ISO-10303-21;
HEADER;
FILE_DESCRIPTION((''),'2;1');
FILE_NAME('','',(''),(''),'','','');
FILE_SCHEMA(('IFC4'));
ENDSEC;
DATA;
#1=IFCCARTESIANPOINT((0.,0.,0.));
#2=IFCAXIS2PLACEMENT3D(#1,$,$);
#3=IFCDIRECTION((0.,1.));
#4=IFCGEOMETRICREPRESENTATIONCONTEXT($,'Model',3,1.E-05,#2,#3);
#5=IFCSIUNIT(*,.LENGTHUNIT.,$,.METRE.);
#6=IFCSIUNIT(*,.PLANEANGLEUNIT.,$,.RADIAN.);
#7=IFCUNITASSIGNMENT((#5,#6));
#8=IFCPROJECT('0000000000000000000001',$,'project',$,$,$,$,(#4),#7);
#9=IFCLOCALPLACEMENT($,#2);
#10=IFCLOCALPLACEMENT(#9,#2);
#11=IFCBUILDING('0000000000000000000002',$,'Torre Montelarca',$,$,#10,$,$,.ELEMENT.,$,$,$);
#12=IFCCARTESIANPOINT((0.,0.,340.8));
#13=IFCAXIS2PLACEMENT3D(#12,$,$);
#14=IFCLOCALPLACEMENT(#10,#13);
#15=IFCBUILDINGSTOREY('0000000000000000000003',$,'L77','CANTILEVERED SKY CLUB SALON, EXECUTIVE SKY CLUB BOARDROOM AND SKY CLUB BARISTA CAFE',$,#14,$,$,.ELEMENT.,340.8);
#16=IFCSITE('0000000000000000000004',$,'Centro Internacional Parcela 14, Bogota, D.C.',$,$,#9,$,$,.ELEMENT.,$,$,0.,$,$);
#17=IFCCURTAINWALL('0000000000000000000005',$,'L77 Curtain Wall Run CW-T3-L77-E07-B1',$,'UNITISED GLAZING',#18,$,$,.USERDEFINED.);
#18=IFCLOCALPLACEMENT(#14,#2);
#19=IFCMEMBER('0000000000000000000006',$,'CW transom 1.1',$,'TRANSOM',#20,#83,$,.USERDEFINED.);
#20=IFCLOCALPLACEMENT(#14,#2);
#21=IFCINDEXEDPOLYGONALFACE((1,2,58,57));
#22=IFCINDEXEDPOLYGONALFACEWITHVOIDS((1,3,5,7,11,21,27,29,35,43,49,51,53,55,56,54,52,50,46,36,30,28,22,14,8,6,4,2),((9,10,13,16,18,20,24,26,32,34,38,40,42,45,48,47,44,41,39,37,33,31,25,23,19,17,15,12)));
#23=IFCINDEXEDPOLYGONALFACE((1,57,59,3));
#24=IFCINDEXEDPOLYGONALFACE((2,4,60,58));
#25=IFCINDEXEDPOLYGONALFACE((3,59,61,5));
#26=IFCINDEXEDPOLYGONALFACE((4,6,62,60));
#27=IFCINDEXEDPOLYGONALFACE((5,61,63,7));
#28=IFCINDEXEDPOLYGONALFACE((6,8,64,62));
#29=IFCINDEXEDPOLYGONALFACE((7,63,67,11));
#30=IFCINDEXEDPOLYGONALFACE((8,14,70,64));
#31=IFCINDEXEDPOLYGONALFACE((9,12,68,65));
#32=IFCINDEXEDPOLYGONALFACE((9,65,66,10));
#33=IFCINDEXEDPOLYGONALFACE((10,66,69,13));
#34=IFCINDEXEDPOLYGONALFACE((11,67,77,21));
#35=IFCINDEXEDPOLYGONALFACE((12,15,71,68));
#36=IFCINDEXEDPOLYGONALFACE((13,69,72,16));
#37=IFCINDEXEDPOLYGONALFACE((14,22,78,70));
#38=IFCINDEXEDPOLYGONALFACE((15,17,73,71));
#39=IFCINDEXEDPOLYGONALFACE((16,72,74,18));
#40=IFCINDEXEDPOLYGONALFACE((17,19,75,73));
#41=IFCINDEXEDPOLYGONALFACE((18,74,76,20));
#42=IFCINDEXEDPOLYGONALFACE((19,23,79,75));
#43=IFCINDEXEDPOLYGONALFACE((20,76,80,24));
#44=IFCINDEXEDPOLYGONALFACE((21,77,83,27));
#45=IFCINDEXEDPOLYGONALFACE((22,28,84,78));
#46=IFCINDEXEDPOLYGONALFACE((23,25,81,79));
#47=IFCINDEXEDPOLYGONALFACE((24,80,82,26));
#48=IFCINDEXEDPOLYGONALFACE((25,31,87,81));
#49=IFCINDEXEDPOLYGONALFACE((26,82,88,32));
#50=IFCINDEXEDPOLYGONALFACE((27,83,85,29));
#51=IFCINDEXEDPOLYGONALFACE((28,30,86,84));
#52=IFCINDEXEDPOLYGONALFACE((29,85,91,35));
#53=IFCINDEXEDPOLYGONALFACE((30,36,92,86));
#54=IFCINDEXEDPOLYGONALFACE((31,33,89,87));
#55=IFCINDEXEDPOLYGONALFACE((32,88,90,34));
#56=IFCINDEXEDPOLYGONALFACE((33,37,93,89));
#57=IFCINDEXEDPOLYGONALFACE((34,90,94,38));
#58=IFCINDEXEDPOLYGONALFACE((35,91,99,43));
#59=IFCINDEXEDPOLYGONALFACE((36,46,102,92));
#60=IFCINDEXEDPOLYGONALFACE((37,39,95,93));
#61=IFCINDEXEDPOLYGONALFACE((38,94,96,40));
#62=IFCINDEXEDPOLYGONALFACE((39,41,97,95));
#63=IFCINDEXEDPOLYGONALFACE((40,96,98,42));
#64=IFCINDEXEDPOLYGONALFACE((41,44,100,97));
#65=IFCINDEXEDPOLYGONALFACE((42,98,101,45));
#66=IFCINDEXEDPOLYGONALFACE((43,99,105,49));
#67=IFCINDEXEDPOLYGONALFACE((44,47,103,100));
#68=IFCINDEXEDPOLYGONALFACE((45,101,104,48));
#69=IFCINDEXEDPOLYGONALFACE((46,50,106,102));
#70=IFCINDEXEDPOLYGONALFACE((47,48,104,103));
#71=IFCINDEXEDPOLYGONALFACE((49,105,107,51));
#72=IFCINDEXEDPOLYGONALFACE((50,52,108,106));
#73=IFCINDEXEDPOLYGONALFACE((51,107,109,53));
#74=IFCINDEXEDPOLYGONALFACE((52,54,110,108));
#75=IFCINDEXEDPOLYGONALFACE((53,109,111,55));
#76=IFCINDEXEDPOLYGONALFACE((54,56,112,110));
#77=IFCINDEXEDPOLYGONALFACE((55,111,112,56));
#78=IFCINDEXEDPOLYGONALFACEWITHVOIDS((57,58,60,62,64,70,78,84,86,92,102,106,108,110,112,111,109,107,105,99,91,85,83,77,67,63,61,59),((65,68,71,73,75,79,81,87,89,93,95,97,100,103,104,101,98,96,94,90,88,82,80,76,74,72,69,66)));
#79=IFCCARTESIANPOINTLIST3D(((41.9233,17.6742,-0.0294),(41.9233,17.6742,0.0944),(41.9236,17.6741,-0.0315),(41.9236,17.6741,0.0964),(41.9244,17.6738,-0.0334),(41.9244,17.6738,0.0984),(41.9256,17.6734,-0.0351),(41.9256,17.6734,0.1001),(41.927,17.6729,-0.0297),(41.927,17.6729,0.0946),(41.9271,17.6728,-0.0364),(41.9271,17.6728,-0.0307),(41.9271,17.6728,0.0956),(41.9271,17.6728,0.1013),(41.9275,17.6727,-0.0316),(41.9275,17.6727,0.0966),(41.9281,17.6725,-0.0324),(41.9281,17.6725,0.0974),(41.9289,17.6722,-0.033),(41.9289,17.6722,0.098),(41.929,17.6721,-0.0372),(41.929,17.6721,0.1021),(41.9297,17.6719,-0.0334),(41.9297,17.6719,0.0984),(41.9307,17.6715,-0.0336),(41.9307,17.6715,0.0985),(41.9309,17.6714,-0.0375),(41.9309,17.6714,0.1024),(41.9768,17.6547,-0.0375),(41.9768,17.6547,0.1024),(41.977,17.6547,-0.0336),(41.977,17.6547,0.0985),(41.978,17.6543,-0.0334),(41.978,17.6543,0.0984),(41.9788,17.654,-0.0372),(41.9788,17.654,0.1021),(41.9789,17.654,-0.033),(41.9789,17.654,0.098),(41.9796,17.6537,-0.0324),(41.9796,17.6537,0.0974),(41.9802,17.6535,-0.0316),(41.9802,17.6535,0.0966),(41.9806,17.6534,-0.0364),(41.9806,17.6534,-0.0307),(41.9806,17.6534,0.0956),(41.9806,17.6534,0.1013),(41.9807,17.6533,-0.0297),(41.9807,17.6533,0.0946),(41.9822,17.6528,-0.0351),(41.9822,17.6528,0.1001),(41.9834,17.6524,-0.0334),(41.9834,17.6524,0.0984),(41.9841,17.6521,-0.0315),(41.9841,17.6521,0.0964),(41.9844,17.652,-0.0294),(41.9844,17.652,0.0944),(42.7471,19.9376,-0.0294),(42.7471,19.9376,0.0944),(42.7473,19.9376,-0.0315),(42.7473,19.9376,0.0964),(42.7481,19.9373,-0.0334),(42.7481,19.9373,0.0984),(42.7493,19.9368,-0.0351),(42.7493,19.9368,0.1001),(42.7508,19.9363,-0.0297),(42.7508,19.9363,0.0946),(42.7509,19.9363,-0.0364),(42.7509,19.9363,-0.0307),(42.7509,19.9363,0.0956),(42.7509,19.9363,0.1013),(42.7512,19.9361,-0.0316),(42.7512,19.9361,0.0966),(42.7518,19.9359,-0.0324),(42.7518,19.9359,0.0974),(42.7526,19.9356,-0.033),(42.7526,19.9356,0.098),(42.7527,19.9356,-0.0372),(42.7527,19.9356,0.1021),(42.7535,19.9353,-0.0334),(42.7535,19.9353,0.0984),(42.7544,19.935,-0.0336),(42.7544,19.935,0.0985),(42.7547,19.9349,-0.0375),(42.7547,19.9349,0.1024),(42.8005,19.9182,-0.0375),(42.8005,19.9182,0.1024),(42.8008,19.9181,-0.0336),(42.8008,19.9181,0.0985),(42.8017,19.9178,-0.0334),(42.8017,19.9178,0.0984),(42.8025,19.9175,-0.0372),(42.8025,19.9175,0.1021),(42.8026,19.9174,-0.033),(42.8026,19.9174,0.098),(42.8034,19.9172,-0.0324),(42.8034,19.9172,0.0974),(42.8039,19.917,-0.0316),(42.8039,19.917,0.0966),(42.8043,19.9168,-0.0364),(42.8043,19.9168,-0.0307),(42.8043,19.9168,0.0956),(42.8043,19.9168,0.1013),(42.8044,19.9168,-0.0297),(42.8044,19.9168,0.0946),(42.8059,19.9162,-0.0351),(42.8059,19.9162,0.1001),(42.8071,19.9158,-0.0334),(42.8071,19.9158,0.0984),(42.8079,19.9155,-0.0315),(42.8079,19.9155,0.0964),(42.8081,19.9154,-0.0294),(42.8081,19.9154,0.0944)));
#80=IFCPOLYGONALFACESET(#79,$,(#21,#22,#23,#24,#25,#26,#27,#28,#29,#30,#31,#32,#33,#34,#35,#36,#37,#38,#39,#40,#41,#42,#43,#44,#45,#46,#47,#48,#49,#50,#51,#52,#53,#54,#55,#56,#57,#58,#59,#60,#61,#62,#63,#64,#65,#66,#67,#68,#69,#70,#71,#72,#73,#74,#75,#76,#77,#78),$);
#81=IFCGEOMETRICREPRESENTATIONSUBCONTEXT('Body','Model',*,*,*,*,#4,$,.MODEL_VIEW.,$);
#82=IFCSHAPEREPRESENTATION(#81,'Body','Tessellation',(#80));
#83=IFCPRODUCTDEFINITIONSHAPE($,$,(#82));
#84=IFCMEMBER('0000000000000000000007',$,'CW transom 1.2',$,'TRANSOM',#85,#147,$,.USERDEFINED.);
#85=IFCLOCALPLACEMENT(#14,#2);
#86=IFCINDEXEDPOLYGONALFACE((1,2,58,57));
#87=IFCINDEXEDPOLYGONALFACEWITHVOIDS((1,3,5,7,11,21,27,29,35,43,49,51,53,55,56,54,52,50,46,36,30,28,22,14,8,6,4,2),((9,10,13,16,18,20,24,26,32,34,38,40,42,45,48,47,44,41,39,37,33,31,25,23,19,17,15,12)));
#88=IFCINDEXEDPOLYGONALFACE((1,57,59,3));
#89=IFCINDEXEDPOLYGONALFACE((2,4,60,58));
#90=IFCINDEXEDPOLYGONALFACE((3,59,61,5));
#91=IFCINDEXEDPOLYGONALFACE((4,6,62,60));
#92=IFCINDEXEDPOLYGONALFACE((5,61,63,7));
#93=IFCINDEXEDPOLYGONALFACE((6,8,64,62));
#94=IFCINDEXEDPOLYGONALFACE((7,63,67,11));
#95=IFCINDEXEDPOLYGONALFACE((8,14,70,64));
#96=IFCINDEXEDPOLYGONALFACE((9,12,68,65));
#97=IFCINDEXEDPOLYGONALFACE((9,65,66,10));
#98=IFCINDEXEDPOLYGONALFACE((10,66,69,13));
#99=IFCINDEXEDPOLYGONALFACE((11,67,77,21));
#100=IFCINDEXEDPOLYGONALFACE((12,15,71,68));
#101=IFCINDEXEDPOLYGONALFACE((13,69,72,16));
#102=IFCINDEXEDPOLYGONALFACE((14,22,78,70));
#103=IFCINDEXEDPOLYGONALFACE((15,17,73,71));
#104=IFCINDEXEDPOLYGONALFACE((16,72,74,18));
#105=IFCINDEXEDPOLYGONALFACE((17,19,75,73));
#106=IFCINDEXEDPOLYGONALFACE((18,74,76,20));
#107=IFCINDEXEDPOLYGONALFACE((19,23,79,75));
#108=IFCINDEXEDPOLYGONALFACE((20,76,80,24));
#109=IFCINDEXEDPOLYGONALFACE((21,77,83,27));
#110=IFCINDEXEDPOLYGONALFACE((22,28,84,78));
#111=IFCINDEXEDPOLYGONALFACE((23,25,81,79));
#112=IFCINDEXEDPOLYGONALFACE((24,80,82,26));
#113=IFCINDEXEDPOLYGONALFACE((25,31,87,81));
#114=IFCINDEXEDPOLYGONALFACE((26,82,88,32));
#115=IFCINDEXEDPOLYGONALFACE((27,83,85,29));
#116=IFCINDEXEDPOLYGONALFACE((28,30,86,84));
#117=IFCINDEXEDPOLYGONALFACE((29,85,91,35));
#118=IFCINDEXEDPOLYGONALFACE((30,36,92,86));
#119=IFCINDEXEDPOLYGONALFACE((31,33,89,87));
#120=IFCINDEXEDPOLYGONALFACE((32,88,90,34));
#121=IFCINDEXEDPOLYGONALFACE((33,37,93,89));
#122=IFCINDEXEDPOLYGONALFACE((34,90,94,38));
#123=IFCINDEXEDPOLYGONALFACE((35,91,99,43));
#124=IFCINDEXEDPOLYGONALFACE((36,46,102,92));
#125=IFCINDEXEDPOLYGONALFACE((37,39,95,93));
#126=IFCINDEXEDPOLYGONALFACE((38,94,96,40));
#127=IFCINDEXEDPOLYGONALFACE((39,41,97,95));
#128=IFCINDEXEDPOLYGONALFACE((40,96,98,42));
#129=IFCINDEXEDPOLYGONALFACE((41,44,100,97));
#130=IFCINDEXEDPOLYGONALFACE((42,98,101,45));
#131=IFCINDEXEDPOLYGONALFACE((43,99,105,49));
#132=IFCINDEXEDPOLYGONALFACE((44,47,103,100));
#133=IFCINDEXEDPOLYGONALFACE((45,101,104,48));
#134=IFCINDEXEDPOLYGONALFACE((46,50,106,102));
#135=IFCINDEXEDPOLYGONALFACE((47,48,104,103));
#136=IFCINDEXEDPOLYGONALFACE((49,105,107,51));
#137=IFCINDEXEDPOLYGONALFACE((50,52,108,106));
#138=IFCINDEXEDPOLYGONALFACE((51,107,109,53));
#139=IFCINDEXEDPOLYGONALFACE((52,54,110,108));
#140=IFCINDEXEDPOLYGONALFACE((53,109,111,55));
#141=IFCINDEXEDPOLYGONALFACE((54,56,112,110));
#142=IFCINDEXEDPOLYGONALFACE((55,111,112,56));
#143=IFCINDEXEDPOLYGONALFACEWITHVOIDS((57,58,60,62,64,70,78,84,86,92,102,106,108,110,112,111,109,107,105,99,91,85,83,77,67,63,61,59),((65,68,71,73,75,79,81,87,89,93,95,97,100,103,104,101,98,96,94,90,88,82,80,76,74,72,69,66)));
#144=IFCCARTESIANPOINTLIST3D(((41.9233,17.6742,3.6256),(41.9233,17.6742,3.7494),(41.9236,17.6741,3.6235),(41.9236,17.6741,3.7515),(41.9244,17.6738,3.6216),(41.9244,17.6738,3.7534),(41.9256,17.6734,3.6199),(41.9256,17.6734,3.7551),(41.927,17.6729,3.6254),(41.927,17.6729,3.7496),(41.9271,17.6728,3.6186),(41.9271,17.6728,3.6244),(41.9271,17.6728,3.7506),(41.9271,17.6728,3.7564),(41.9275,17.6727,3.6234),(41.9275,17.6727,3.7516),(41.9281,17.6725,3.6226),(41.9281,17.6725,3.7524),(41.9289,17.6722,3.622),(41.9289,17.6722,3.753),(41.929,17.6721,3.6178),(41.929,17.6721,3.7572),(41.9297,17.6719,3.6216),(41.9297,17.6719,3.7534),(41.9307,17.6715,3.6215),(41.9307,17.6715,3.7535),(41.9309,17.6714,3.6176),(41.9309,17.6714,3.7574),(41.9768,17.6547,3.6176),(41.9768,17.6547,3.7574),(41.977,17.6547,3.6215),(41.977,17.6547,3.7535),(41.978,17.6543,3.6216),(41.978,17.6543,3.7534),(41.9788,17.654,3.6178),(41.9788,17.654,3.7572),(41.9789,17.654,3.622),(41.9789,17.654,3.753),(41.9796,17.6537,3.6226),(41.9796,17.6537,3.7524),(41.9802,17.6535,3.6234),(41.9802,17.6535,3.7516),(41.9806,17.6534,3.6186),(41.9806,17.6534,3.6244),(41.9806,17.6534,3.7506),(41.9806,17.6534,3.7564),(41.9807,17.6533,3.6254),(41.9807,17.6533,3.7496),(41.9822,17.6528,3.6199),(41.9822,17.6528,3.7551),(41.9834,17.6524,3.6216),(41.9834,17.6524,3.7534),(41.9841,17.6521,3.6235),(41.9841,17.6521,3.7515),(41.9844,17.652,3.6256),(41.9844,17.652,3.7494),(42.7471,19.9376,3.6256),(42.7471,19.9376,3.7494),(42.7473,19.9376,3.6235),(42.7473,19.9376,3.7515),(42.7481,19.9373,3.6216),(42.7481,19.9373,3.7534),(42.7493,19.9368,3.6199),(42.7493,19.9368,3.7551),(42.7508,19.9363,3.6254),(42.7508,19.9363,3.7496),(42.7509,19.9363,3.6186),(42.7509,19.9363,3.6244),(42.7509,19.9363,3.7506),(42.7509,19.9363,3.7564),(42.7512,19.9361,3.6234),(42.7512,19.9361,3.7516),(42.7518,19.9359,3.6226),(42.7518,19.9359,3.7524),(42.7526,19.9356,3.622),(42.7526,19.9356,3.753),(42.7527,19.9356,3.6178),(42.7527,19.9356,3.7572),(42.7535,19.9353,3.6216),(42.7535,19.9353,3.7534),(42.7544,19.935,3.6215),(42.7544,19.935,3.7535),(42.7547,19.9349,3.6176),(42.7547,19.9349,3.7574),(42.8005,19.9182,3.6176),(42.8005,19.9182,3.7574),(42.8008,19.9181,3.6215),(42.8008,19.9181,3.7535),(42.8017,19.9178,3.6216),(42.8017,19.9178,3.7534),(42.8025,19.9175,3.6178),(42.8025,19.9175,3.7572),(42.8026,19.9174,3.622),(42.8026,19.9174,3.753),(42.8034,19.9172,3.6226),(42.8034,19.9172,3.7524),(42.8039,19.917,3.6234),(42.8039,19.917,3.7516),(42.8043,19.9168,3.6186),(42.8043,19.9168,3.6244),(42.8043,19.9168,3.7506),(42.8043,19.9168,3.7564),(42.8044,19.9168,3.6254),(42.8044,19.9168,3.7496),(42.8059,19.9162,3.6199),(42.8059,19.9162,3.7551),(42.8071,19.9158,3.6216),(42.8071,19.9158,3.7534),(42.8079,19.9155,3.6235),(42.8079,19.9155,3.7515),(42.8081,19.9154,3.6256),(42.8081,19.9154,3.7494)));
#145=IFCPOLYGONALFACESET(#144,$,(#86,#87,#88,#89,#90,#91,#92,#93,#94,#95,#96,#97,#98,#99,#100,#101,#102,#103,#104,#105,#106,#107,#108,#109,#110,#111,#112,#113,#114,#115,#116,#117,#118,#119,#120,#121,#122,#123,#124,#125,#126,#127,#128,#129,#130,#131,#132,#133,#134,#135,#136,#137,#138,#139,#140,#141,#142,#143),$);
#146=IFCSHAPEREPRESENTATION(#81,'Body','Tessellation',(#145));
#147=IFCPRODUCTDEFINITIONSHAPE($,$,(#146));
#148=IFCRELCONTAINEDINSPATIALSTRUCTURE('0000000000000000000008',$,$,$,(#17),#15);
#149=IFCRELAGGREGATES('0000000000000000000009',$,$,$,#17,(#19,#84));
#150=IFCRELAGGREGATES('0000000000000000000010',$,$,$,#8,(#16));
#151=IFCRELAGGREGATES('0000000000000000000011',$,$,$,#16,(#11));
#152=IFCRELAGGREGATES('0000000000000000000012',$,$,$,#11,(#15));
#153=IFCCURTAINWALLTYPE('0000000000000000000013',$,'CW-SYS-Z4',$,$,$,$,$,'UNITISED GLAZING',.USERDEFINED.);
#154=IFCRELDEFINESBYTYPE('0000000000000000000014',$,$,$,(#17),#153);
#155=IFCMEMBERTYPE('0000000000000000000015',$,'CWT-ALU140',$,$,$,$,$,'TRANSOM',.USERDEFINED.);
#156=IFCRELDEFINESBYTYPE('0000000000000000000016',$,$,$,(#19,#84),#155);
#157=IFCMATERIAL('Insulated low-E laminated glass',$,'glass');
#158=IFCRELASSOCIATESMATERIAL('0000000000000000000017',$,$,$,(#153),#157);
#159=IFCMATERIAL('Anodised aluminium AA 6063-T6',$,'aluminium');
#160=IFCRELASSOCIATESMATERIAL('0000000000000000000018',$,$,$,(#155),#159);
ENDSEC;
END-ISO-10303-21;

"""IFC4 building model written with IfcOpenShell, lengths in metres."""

from ifc_helpers import new_model, si_unit, direction, frame, origin, origin_2d, place, context, subcontext, project, spatial, hollow_rectangle, extrude, source, transform, mapped, material, material_profile, profile_set, type_object, element, aggregate, save


model = new_model("IFC4")

# Units and contexts
model_context = context("Model", 3, precision=1e-05, world=origin(), true_north=direction((0.0, 1.0)))
body_context = subcontext(model_context, "Body", "Model", "MODEL_VIEW")
ifc_project = project(units=[si_unit("LENGTHUNIT", "METRE"), si_unit("PLANEANGLEUNIT", "RADIAN")], contexts=[model_context])

# Site, building, storey
site_placement = place(None, origin())
site = spatial("IfcSite", under=ifc_project, at=site_placement, Name="Centro Internacional Parcela 14, Bogota, D.C.", CompositionType="ELEMENT", RefElevation=0.0)
building_placement = place(site_placement, origin())
building = spatial("IfcBuilding", under=site, at=building_placement, Name="Torre Montelarca", CompositionType="ELEMENT")
storey_placement = place(building_placement, frame((0.0, 0.0, 340.8)))
storey = spatial("IfcBuildingStorey", under=building, at=storey_placement, Name="L77", Description="CANTILEVERED SKY CLUB SALON, EXECUTIVE SKY CLUB BOARDROOM AND SKY CLUB BARISTA CAFE", CompositionType="ELEMENT", Elevation=340.8)

# Curtain wall
ifc_material_1 = material(Name="Insulated low-E laminated glass", Category="glass")
curtain_wall_type = type_object("IfcCurtainWallType", Name="CW-SYS-Z4", ElementType="UNITISED GLAZING", PredefinedType="USERDEFINED", material=ifc_material_1)
ifc_material_2 = material(Name="Anodised aluminium AA 6063-T6", Category="aluminium")
curtain_wall_1_placement = place(storey_placement, origin())
curtain_wall_1 = element("IfcCurtainWall", 1, at=curtain_wall_1_placement, inside=storey, type_object=curtain_wall_type, Name="L77 Curtain Wall Run CW-T3-L77-E07-B1", ObjectType="UNITISED GLAZING", PredefinedType="USERDEFINED")

# Members
ifc_material_profile_1 = material_profile(ifc_material_2, hollow_rectangle(XDim=0.0649, YDim=0.1399, WallThickness=0.0039, InnerFilletRadius=0.0039, OuterFilletRadius=0.0081, at=origin_2d()), Name="ALU65X140X4", Category="aluminium")
ifc_profile_set_1 = profile_set([ifc_material_profile_1], Name="Anodised aluminium AA 6063-T6")
member_type_1 = type_object("IfcMemberType", Name="CWT-ALU140", ElementType="TRANSOM", PredefinedType="USERDEFINED", material=ifc_profile_set_1)
shared_shape_1 = source(origin(), body_context, "Body", "SweptSolid", [
    extrude(hollow_rectangle(XDim=0.0649, YDim=0.1399, WallThickness=0.0039, InnerFilletRadius=0.0039, OuterFilletRadius=0.0081, at=origin_2d()), origin(), (0.0, 0.0, 1.0), 2.4087),
])
member_1_placement = place(storey_placement, frame((41.9539, 17.6631, 0.0325), z_axis=(0.341987, 0.939705, 0.0), x_axis=(-0.939705, 0.341987, 0.0)))
member_1 = element("IfcMember", 2, at=member_1_placement, type_object=member_type_1, Name="CW transom 1.1", ObjectType="TRANSOM", PredefinedType="USERDEFINED", context=body_context, shape_type="MappedRepresentation", body=[
    mapped(shared_shape_1, transform((0.0, 0.0, 0.0), scale=1.0)),
])
member_2_placement = place(storey_placement, frame((41.9539, 17.6631, 3.6875), z_axis=(0.341987, 0.939705, 0.0), x_axis=(-0.939705, 0.341987, 0.0)))
member_2 = element("IfcMember", 3, at=member_2_placement, type_object=member_type_1, Name="CW transom 1.2", ObjectType="TRANSOM", PredefinedType="USERDEFINED", context=body_context, shape_type="MappedRepresentation", body=[
    mapped(shared_shape_1, transform((0.0, 0.0, 0.0), scale=1.0)),
])

aggregate(curtain_wall_1, [member_1, member_2])

save(model, "model.ifc")
